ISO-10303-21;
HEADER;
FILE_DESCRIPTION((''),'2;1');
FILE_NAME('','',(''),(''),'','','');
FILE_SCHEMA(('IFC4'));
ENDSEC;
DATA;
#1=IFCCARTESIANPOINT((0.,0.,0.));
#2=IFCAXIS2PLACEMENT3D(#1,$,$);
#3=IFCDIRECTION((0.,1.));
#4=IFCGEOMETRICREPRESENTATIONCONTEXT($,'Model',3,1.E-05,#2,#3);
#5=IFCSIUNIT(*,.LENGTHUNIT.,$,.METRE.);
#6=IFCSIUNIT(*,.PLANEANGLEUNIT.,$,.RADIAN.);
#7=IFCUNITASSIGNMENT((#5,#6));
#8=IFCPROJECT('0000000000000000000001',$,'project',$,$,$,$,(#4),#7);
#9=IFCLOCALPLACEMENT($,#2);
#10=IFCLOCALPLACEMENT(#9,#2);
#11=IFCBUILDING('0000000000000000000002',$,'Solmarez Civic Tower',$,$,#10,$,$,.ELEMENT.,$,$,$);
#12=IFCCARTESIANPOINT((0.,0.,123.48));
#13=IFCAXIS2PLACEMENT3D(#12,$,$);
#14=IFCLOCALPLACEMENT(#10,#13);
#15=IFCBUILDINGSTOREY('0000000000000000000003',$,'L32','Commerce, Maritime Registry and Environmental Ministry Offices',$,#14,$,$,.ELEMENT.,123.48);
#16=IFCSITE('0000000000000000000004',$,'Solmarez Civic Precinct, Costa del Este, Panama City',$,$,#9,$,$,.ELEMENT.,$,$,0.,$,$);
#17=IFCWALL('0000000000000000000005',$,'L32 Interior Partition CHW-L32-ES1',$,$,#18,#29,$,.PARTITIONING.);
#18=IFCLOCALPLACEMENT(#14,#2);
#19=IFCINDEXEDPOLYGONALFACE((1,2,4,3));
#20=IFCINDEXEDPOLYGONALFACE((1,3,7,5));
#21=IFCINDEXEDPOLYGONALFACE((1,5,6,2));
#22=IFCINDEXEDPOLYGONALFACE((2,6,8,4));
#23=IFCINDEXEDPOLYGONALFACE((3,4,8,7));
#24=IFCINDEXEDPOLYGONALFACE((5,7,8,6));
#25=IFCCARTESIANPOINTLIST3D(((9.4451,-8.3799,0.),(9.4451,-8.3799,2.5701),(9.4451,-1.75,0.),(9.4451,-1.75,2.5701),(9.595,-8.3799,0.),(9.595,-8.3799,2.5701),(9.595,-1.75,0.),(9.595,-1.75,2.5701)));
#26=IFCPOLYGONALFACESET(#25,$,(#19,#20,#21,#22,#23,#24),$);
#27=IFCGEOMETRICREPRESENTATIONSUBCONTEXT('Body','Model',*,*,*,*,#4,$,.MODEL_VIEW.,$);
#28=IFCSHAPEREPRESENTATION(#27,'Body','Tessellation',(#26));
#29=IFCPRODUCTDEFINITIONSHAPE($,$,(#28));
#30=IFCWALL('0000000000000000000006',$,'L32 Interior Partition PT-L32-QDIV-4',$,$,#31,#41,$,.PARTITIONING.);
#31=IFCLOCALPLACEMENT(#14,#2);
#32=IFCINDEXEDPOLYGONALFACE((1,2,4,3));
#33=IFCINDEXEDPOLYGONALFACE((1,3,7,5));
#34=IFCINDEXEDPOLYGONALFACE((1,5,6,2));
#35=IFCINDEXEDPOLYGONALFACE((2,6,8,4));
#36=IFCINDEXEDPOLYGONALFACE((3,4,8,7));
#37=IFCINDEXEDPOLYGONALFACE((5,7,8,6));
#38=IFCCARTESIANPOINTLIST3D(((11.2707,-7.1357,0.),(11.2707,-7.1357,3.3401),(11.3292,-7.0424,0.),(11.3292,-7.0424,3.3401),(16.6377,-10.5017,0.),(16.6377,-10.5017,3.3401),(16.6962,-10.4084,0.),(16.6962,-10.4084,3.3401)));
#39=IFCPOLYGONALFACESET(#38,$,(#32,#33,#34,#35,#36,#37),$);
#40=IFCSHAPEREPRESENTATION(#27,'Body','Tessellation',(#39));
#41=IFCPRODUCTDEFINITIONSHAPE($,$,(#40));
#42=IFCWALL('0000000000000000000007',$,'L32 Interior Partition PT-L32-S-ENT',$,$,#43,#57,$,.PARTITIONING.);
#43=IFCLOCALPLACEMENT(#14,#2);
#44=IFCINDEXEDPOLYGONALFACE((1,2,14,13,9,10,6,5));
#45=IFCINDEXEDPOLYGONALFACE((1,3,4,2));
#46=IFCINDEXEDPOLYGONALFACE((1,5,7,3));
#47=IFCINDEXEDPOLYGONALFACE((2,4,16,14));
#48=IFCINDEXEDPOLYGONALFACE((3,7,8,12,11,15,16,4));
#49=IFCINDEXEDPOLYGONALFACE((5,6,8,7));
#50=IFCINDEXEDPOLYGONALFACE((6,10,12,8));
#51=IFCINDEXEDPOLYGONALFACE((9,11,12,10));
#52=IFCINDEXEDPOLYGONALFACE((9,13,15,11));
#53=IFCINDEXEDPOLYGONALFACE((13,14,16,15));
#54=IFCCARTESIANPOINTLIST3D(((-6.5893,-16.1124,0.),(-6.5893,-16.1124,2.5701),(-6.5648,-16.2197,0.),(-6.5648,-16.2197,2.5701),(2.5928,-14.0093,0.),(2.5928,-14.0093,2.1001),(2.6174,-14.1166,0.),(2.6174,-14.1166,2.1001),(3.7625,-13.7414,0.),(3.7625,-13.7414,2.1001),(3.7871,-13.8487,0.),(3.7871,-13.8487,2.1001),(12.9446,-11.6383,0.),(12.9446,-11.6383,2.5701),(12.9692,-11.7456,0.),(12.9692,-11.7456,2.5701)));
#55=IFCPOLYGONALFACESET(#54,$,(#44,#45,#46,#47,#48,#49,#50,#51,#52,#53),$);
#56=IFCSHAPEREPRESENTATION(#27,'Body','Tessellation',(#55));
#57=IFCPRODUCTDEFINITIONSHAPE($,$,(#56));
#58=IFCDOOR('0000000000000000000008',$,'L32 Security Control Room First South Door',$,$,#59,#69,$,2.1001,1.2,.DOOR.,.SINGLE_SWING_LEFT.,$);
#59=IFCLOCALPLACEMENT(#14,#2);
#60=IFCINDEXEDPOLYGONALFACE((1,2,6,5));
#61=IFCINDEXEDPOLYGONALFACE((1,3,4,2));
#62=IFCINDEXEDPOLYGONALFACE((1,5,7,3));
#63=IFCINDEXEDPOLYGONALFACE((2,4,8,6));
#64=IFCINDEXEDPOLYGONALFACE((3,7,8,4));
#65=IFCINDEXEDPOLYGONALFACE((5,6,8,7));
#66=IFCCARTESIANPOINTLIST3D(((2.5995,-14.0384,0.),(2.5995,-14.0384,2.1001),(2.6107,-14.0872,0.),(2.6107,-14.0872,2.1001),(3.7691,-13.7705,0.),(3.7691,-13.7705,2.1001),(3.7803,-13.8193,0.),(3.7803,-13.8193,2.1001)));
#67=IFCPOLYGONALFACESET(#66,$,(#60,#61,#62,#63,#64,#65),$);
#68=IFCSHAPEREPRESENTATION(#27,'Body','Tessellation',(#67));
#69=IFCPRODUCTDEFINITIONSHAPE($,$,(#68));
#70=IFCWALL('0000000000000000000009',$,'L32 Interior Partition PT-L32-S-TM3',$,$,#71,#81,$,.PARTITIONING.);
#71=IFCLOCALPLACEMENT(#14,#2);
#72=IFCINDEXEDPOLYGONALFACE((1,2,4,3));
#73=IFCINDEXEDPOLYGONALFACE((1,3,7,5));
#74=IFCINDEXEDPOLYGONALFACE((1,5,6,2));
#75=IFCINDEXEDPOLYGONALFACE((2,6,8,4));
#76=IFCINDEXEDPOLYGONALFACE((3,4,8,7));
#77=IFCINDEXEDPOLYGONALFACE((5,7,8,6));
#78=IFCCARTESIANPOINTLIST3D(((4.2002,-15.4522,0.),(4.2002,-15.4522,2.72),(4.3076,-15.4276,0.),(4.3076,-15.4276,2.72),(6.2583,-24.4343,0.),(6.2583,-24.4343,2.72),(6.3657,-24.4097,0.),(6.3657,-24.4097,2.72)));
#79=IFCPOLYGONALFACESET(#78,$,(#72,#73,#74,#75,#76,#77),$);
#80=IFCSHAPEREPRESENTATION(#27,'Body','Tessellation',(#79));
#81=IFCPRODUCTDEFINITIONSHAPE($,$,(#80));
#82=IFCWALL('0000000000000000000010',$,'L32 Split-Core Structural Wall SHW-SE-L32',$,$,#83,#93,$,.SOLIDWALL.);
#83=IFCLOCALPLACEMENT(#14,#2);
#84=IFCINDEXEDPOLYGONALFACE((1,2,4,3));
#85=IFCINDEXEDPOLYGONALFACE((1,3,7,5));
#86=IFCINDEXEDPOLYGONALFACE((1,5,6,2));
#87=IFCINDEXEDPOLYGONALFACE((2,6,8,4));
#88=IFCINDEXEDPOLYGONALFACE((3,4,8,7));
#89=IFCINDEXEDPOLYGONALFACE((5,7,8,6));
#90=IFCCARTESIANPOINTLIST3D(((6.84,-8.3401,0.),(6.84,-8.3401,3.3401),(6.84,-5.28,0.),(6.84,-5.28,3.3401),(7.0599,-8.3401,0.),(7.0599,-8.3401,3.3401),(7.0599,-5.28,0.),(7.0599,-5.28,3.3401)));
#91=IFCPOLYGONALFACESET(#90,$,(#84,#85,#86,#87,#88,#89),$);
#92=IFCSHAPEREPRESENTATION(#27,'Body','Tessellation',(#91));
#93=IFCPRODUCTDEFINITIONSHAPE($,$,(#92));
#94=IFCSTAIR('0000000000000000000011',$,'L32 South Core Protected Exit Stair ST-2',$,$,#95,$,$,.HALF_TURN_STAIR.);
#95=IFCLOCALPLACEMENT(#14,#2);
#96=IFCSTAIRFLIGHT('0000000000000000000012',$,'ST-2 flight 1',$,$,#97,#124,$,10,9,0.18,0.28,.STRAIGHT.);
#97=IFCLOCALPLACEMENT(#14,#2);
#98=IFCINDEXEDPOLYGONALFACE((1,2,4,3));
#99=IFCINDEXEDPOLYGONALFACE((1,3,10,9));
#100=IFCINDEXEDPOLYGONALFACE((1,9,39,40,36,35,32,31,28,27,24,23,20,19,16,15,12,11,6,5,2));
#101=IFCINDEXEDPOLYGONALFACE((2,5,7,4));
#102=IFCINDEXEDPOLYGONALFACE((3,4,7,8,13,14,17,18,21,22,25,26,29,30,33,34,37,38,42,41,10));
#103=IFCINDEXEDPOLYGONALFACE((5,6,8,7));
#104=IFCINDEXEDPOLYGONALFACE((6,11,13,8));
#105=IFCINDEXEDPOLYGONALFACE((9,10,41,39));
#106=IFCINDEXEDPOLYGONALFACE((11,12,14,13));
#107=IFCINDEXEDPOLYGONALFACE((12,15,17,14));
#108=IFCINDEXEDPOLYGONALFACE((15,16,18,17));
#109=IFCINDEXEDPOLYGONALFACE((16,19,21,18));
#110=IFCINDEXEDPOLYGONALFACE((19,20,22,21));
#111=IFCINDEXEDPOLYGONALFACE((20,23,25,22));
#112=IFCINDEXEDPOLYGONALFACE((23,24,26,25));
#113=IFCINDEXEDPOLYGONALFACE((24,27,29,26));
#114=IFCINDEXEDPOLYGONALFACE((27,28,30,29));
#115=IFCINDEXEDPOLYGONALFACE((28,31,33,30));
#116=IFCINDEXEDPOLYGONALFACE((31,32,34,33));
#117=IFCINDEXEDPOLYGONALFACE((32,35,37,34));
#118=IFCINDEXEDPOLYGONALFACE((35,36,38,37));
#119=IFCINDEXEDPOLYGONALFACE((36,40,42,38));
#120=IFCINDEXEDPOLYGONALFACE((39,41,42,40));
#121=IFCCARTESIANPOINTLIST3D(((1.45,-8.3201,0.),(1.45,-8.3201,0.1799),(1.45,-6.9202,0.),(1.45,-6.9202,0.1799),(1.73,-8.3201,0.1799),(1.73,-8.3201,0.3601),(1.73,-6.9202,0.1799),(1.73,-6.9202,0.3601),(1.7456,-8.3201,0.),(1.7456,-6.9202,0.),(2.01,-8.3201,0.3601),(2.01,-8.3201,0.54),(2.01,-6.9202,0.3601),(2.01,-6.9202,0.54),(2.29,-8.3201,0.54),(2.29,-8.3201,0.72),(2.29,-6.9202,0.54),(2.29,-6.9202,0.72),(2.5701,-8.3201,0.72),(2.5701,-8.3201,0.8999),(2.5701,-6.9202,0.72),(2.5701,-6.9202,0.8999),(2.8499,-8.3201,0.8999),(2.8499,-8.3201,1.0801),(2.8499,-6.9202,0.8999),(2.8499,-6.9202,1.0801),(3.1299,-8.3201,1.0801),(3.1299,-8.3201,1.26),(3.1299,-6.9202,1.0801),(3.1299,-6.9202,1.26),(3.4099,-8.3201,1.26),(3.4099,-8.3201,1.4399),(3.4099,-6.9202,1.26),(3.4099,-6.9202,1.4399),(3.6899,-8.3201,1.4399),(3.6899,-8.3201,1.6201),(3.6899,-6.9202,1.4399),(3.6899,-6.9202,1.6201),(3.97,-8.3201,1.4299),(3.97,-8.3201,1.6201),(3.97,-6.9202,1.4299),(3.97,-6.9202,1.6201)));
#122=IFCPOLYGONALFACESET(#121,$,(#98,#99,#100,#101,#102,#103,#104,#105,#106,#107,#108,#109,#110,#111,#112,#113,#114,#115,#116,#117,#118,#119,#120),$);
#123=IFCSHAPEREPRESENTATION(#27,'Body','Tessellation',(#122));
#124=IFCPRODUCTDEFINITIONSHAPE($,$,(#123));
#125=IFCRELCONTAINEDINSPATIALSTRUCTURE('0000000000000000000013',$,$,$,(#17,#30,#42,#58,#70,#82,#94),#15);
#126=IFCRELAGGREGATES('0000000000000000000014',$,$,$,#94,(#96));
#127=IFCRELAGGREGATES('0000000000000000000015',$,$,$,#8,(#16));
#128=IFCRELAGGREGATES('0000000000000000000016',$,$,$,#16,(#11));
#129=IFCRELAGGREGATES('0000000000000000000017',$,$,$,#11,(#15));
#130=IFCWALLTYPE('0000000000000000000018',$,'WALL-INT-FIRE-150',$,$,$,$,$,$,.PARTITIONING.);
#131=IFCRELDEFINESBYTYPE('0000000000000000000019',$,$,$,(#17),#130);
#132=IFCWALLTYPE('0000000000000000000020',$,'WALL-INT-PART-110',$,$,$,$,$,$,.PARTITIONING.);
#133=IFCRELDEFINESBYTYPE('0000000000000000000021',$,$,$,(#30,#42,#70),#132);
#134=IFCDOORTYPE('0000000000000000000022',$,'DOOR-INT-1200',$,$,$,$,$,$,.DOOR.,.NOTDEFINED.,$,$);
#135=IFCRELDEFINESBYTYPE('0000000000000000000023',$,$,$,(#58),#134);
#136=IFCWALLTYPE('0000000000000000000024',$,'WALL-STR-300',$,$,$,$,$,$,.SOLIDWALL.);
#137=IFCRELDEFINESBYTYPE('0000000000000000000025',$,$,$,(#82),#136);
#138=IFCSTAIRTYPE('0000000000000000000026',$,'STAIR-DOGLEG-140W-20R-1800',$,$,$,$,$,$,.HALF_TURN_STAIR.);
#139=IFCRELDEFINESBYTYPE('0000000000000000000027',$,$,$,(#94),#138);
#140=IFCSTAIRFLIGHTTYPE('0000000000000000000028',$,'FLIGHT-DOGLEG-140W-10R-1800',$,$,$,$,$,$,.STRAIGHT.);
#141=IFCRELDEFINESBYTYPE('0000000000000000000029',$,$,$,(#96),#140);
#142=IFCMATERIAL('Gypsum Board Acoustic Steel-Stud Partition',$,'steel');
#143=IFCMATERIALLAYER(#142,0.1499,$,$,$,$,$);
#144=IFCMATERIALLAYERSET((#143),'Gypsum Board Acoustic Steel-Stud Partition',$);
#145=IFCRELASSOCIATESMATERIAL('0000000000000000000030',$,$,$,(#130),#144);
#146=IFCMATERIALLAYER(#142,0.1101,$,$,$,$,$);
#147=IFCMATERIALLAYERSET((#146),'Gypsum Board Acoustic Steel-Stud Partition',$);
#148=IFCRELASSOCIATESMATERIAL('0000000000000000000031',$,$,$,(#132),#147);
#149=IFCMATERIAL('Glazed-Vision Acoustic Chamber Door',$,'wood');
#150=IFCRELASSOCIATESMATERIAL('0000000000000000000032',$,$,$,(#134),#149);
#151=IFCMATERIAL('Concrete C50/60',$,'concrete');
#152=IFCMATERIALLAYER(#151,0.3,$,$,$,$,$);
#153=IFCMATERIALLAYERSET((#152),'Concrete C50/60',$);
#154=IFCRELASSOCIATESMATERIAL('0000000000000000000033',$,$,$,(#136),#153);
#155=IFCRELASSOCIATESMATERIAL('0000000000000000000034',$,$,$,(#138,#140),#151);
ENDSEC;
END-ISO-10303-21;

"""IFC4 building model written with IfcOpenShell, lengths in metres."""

from ifc_helpers import new_model, si_unit, direction, frame, frame_2d, origin, place, context, subcontext, project, spatial, polyline, rectangle, outline, extrude, material, layer, layer_set, type_object, element, fill, aggregate, save


model = new_model("IFC4")

# Units and contexts
model_context = context("Model", 3, precision=1e-05, world=origin(), true_north=direction((0.0, 1.0)))
body_context = subcontext(model_context, "Body", "Model", "MODEL_VIEW")
ifc_project = project(units=[si_unit("LENGTHUNIT", "METRE"), si_unit("PLANEANGLEUNIT", "RADIAN")], contexts=[model_context])

# Site, building, storey
site_placement = place(None, origin())
site = spatial("IfcSite", under=ifc_project, at=site_placement, Name="Solmarez Civic Precinct, Costa del Este, Panama City", CompositionType="ELEMENT", RefElevation=0.0)
building_placement = place(site_placement, origin())
building = spatial("IfcBuilding", under=site, at=building_placement, Name="Solmarez Civic Tower", CompositionType="ELEMENT")
storey_placement = place(building_placement, frame((0.0, 0.0, 123.48)))
storey = spatial("IfcBuildingStorey", under=building, at=storey_placement, Name="L32", Description="Commerce, Maritime Registry and Environmental Ministry Offices", CompositionType="ELEMENT", Elevation=123.48)

# Shared definitions
ifc_material_1 = material(Name="Concrete C50/60", Category="concrete")

# Walls
ifc_material_2 = material(Name="Gypsum Board Acoustic Steel-Stud Partition", Category="steel")
ifc_layer_1 = layer(ifc_material_2, 0.1499)
ifc_layer_set_1 = layer_set([ifc_layer_1], Name="Gypsum Board Acoustic Steel-Stud Partition")
wall_type_1 = type_object("IfcWallType", Name="WALL-INT-FIRE-150", PredefinedType="PARTITIONING", material=ifc_layer_set_1)
wall_1_placement = place(storey_placement, frame((9.52, -8.3799, 0.0), z_axis=(0.0, 0.0, 1.0), x_axis=(0.0, 1.0, 0.0)))
element("IfcWall", 1, at=wall_1_placement, inside=storey, type_object=wall_type_1, Name="L32 Interior Partition CHW-L32-ES1", PredefinedType="PARTITIONING", context=body_context, shape_type="SweptSolid", body=[
    extrude(rectangle(XDim=6.6299, YDim=0.1499, at=frame_2d((3.3149, 0.0))), origin(), (0.0, 0.0, 1.0), 2.5701),
])
ifc_layer_2 = layer(ifc_material_2, 0.1101)
ifc_layer_set_2 = layer_set([ifc_layer_2], Name="Gypsum Board Acoustic Steel-Stud Partition")
wall_type_2 = type_object("IfcWallType", Name="WALL-INT-PART-110", PredefinedType="PARTITIONING", material=ifc_layer_set_2)
wall_2_placement = place(storey_placement, frame((11.3, -7.0891, 0.0), z_axis=(0.0, 0.0, 1.0), x_axis=(0.847172, -0.531318, 0.0)))
element("IfcWall", 2, at=wall_2_placement, inside=storey, type_object=wall_type_2, Name="L32 Interior Partition PT-L32-QDIV-4", PredefinedType="PARTITIONING", context=body_context, shape_type="SweptSolid", body=[
    extrude(rectangle(XDim=6.3352, YDim=0.1101, at=frame_2d((3.1675, 0.0))), origin(), (0.0, 0.0, 1.0), 3.3401),
])

# Wall, opening, door
wall_3_placement = place(storey_placement, frame((12.957, -11.6919, 0.0), z_axis=(0.0, 0.0, 1.0), x_axis=(-0.974758, -0.223262, 0.0)))
wall_3 = element("IfcWall", 3, at=wall_3_placement, inside=storey, type_object=wall_type_2, Name="L32 Interior Partition PT-L32-S-ENT", PredefinedType="PARTITIONING", context=body_context, shape_type="SweptSolid", body=[
    extrude(rectangle(XDim=20.0398, YDim=0.1101, at=frame_2d((10.02, 0.0))), origin(), (0.0, 0.0, 1.0), 2.5701),
])
opening_1_placement = place(wall_3_placement, frame((9.4199, 0.0, 0.0)))
opening_1 = element("IfcOpeningElement", 4, at=opening_1_placement, cuts=wall_3, PredefinedType="OPENING", context=body_context, shape_type="SweptSolid", body=[
    extrude(rectangle(XDim=1.2, YDim=2.1001, at=frame_2d((0.6001, 1.05))), frame((0.0, 0.0649, 0.0), z_axis=(0.0, -1.0, 0.0), x_axis=(1.0, 0.0, 0.0)), (0.0, 0.0, 1.0), 0.1301),
])
ifc_material_3 = material(Name="Glazed-Vision Acoustic Chamber Door", Category="wood")
door_type = type_object("IfcDoorType", Name="DOOR-INT-1200", OperationType="NOTDEFINED", PredefinedType="DOOR", material=ifc_material_3)
door_placement = place(opening_1_placement, origin())
door = element("IfcDoor", 5, at=door_placement, inside=storey, type_object=door_type, Name="L32 Security Control Room First South Door", OperationType="SINGLE_SWING_LEFT", OverallHeight=2.1001, OverallWidth=1.2, PredefinedType="DOOR", context=body_context, shape_type="SweptSolid", body=[
    extrude(rectangle(XDim=1.2, YDim=2.1001, at=frame_2d((0.6001, 1.05))), frame((0.0, 0.0249, 0.0), z_axis=(0.0, -1.0, 0.0), x_axis=(1.0, 0.0, 0.0)), (0.0, 0.0, 1.0), 0.05),
])
fill(opening_1, door)

# Walls
wall_4_placement = place(storey_placement, frame((4.2539, -15.4399, 0.0), z_axis=(0.0, 0.0, 1.0), x_axis=(0.223344, -0.97474, 0.0)))
element("IfcWall", 6, at=wall_4_placement, inside=storey, type_object=wall_type_2, Name="L32 Interior Partition PT-L32-S-TM3", PredefinedType="PARTITIONING", context=body_context, shape_type="SweptSolid", body=[
    extrude(rectangle(XDim=9.2148, YDim=0.1101, at=frame_2d((4.6074, 0.0))), origin(), (0.0, 0.0, 1.0), 2.72),
])
ifc_layer_3 = layer(ifc_material_1, 0.3)
ifc_layer_set_3 = layer_set([ifc_layer_3], Name="Concrete C50/60")
wall_type_3 = type_object("IfcWallType", Name="WALL-STR-300", PredefinedType="SOLIDWALL", material=ifc_layer_set_3)
wall_5_placement = place(storey_placement, frame((6.95, -8.3401, 0.0), z_axis=(0.0, 0.0, 1.0), x_axis=(0.0, 1.0, 0.0)))
element("IfcWall", 7, at=wall_5_placement, inside=storey, type_object=wall_type_3, Name="L32 Split-Core Structural Wall SHW-SE-L32", PredefinedType="SOLIDWALL", context=body_context, shape_type="SweptSolid", body=[
    extrude(rectangle(XDim=3.0601, YDim=0.22, at=frame_2d((1.53, 0.0))), origin(), (0.0, 0.0, 1.0), 3.3401),
])

# Stair, stair flight
stair_type = type_object("IfcStairType", Name="STAIR-DOGLEG-140W-20R-1800", PredefinedType="HALF_TURN_STAIR", material=ifc_material_1)
stair_placement = place(storey_placement, origin())
stair = element("IfcStair", 8, at=stair_placement, inside=storey, type_object=stair_type, Name="L32 South Core Protected Exit Stair ST-2", PredefinedType="HALF_TURN_STAIR")
stair_flight_type = type_object("IfcStairFlightType", Name="FLIGHT-DOGLEG-140W-10R-1800", PredefinedType="STRAIGHT", material=ifc_material_1)
stair_flight_placement = place(storey_placement, frame((1.45, -7.6201, 0.0), z_axis=(0.0, 0.0, 1.0), x_axis=(1.0, 0.0, 0.0)))
stair_flight = element("IfcStairFlight", 9, at=stair_flight_placement, type_object=stair_flight_type, Name="ST-2 flight 1", NumberOfRisers=10, NumberOfTreads=9, PredefinedType="STRAIGHT", RiserHeight=0.18, TreadLength=0.28, context=body_context, shape_type="SweptSolid", body=[
    extrude(outline(polyline([(0.0, 0.0), (0.0, 0.1799), (0.28, 0.1799), (0.28, 0.3601), (0.5601, 0.3601), (0.5601, 0.54), (0.8401, 0.54), (0.8401, 0.72), (1.1201, 0.72), (1.1201, 0.8999), (1.3999, 0.8999), (1.3999, 1.0801), (1.6799, 1.0801), (1.6799, 1.26), (1.96, 1.26), (1.96, 1.4399), (2.24, 1.4399), (2.24, 1.6201), (2.52, 1.6201), (2.52, 1.8), (2.52, 1.4299), (0.2957, 0.0), (0.0, 0.0)])), frame((0.0, 0.7, 0.0), z_axis=(0.0, -1.0, 0.0), x_axis=(1.0, 0.0, 0.0)), (0.0, 0.0, 1.0), 1.3999),
])
aggregate(stair, [stair_flight])

save(model, "model.ifc")
